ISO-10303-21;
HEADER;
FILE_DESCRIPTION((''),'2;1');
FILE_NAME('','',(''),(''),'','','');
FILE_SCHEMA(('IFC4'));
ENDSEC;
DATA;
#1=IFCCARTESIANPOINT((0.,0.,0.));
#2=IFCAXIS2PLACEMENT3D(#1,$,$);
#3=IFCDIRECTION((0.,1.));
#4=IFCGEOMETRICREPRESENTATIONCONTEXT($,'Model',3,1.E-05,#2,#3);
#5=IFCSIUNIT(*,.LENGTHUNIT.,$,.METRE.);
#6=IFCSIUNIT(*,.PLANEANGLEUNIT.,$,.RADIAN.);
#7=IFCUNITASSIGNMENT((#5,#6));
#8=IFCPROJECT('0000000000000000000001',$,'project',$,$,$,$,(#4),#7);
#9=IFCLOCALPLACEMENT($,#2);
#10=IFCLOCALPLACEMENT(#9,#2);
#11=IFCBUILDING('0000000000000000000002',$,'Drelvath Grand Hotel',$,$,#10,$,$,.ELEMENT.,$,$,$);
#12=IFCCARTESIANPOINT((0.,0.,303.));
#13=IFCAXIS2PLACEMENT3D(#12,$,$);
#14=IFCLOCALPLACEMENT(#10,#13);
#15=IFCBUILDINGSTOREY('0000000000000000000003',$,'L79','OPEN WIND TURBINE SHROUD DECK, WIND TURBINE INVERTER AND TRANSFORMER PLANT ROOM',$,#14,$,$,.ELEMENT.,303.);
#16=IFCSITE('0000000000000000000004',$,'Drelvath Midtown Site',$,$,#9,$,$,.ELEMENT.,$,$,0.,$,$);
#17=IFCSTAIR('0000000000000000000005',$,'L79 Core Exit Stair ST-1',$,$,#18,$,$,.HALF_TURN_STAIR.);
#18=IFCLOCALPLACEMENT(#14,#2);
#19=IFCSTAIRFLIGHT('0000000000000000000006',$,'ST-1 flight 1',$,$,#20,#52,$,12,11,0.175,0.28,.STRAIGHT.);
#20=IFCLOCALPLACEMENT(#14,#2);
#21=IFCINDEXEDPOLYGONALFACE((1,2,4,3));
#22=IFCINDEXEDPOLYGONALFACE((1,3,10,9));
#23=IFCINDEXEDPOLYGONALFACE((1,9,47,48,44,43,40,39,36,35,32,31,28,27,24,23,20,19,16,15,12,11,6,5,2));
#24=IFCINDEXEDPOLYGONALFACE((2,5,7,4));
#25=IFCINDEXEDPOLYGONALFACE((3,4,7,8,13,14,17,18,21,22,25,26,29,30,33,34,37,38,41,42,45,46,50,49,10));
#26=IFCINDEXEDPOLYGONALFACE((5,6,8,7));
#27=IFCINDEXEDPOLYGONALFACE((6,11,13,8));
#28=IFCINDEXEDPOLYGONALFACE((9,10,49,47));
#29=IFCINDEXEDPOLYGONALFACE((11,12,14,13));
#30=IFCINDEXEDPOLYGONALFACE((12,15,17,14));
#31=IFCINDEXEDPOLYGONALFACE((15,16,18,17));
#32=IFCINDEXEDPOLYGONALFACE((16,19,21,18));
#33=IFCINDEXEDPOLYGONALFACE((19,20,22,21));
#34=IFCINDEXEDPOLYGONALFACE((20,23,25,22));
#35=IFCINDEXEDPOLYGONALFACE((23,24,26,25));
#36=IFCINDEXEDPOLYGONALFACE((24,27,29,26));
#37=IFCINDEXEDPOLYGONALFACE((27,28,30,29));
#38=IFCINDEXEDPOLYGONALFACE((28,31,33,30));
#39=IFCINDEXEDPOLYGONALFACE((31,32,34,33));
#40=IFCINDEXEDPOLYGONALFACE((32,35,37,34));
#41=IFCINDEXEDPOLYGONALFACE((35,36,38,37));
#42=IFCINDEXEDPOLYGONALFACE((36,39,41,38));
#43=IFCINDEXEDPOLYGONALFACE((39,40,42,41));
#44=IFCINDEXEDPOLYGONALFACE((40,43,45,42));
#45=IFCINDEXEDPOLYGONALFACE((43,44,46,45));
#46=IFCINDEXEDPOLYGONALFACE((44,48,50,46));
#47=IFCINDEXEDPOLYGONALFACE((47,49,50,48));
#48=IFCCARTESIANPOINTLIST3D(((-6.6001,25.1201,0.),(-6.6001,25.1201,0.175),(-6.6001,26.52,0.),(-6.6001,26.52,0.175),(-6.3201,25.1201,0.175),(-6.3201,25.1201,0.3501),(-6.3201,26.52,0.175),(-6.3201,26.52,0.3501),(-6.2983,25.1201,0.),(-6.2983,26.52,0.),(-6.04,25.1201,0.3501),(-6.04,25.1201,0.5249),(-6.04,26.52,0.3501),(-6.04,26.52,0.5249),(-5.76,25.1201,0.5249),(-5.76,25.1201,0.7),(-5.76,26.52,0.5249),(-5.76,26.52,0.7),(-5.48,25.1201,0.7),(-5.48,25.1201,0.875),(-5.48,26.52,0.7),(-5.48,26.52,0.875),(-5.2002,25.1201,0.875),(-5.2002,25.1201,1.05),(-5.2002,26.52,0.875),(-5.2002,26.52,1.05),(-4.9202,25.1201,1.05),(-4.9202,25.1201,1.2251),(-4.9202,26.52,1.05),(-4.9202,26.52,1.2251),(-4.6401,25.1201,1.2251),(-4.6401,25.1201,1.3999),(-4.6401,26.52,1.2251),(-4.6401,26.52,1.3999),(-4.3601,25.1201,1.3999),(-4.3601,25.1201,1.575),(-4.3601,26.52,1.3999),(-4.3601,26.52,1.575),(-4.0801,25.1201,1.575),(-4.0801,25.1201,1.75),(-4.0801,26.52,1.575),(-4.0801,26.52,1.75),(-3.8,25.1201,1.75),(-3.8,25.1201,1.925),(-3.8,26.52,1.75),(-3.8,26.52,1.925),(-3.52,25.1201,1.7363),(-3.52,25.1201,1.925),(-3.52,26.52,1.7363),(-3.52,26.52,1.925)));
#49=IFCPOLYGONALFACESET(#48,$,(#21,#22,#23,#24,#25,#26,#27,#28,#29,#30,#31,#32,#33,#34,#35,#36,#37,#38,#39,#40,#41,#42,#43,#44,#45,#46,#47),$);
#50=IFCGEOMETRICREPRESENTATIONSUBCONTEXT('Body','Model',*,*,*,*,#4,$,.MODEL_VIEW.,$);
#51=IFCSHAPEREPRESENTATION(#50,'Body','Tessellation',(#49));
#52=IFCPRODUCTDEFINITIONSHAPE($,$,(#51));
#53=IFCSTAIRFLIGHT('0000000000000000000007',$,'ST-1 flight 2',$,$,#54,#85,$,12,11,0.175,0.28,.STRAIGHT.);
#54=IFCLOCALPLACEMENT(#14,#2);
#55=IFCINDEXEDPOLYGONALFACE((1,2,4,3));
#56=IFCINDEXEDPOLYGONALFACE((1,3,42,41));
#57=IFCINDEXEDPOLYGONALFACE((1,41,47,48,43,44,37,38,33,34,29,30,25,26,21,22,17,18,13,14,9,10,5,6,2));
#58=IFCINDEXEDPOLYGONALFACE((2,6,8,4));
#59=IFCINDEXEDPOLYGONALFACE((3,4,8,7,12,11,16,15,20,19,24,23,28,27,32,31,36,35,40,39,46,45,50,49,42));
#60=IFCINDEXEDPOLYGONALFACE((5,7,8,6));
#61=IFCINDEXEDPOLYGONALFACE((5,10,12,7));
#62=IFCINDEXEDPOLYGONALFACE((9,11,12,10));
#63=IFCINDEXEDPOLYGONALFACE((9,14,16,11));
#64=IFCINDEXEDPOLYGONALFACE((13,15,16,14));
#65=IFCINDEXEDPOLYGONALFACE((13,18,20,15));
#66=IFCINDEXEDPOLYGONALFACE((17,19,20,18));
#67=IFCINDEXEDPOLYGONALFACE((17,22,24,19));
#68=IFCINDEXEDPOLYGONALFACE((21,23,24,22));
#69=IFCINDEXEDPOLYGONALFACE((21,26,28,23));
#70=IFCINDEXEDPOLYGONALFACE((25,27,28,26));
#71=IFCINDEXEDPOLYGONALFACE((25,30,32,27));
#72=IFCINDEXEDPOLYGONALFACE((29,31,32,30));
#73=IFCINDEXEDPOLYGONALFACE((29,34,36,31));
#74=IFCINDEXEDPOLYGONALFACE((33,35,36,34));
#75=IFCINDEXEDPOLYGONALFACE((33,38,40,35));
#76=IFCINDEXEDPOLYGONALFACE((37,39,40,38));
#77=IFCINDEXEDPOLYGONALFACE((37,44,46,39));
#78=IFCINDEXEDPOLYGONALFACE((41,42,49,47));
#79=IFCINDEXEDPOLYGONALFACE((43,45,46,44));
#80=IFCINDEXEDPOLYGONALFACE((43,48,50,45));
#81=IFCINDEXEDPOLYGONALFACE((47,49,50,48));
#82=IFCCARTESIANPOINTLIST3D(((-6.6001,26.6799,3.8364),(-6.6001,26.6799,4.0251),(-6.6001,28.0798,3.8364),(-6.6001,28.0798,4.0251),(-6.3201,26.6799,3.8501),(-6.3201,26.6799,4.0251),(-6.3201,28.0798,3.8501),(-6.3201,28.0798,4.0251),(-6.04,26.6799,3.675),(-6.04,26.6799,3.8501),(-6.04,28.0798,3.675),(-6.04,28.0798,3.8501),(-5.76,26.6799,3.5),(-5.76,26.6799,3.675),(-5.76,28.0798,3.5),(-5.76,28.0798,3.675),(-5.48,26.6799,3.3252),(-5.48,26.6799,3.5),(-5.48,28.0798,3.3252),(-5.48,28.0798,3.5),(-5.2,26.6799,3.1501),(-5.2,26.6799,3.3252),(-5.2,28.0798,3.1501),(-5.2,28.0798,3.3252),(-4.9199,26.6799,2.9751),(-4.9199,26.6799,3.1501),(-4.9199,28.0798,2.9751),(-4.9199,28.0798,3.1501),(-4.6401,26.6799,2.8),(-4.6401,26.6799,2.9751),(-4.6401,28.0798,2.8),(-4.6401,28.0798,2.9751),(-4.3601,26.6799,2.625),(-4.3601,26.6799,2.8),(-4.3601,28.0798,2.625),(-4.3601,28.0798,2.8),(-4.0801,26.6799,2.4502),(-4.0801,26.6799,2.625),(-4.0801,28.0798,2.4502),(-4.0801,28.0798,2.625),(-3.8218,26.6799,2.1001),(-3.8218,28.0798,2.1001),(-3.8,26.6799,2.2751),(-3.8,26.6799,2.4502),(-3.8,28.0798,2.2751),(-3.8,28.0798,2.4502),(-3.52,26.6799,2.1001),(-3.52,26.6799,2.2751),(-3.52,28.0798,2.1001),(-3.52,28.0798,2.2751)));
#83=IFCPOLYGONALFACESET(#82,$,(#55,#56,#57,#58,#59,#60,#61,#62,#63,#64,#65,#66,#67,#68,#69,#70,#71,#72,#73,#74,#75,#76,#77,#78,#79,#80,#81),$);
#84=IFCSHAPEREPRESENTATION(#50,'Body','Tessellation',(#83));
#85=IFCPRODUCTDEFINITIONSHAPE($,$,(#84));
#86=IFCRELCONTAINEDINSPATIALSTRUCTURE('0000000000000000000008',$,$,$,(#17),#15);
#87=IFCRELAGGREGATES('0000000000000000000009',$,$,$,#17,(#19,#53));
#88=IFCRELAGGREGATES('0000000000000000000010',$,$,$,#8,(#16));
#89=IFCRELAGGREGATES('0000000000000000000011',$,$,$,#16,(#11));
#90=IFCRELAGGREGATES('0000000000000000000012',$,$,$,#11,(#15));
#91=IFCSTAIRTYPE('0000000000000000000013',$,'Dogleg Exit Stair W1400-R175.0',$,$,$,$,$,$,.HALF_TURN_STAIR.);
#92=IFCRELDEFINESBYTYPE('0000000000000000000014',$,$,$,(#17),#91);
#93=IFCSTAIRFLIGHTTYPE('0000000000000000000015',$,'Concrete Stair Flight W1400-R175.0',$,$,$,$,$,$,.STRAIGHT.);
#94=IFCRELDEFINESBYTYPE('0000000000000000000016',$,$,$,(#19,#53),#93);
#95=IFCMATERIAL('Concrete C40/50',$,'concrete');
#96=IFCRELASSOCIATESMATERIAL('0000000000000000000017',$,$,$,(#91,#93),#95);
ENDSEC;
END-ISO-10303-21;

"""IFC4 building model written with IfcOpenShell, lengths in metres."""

from ifc_helpers import new_model, si_unit, direction, frame, origin, place, context, subcontext, project, spatial, polyline, outline, extrude, material, type_object, element, aggregate, save


model = new_model("IFC4")

# Units and contexts
model_context = context("Model", 3, precision=1e-05, world=origin(), true_north=direction((0.0, 1.0)))
body_context = subcontext(model_context, "Body", "Model", "MODEL_VIEW")
ifc_project = project(units=[si_unit("LENGTHUNIT", "METRE"), si_unit("PLANEANGLEUNIT", "RADIAN")], contexts=[model_context])

# Site, building, storey
site_placement = place(None, origin())
site = spatial("IfcSite", under=ifc_project, at=site_placement, Name="Drelvath Midtown Site", CompositionType="ELEMENT", RefElevation=0.0)
building_placement = place(site_placement, origin())
building = spatial("IfcBuilding", under=site, at=building_placement, Name="Drelvath Grand Hotel", CompositionType="ELEMENT")
storey_placement = place(building_placement, frame((0.0, 0.0, 303.0)))
storey = spatial("IfcBuildingStorey", under=building, at=storey_placement, Name="L79", Description="OPEN WIND TURBINE SHROUD DECK, WIND TURBINE INVERTER AND TRANSFORMER PLANT ROOM", CompositionType="ELEMENT", Elevation=303.0)

# Shared definitions
ifc_material_1 = material(Name="Concrete C40/50", Category="concrete")

# Stair, stair flights
stair_type = type_object("IfcStairType", Name="Dogleg Exit Stair W1400-R175.0", PredefinedType="HALF_TURN_STAIR", material=ifc_material_1)
stair_placement = place(storey_placement, origin())
stair = element("IfcStair", 1, at=stair_placement, inside=storey, type_object=stair_type, Name="L79 Core Exit Stair ST-1", PredefinedType="HALF_TURN_STAIR")
stair_flight_type = type_object("IfcStairFlightType", Name="Concrete Stair Flight W1400-R175.0", PredefinedType="STRAIGHT", material=ifc_material_1)
stair_flight_1_placement = place(storey_placement, frame((-6.6001, 25.8201, 0.0), z_axis=(0.0, 0.0, 1.0), x_axis=(1.0, 0.0, 0.0)))
stair_flight_1 = element("IfcStairFlight", 2, at=stair_flight_1_placement, type_object=stair_flight_type, Name="ST-1 flight 1", NumberOfRisers=12, NumberOfTreads=11, PredefinedType="STRAIGHT", RiserHeight=0.175, TreadLength=0.28, context=body_context, shape_type="SweptSolid", body=[
    extrude(outline(polyline([(0.0, 0.0), (0.0, 0.175), (0.28, 0.175), (0.28, 0.3501), (0.5601, 0.3501), (0.5601, 0.5249), (0.8401, 0.5249), (0.8401, 0.7), (1.1201, 0.7), (1.1201, 0.875), (1.3999, 0.875), (1.3999, 1.05), (1.6799, 1.05), (1.6799, 1.2251), (1.96, 1.2251), (1.96, 1.3999), (2.24, 1.3999), (2.24, 1.575), (2.52, 1.575), (2.52, 1.75), (2.8, 1.75), (2.8, 1.925), (3.0801, 1.925), (3.0801, 2.1001), (3.0801, 1.7363), (0.3018, 0.0), (0.0, 0.0)])), frame((0.0, 0.7, 0.0), z_axis=(0.0, -1.0, 0.0), x_axis=(1.0, 0.0, 0.0)), (0.0, 0.0, 1.0), 1.3999),
])
stair_flight_2_placement = place(storey_placement, frame((-3.52, 27.3799, 2.1001), z_axis=(0.0, 0.0, 1.0), x_axis=(-1.0, 0.0, 0.0)))
stair_flight_2 = element("IfcStairFlight", 3, at=stair_flight_2_placement, type_object=stair_flight_type, Name="ST-1 flight 2", NumberOfRisers=12, NumberOfTreads=11, PredefinedType="STRAIGHT", RiserHeight=0.175, TreadLength=0.28, context=body_context, shape_type="SweptSolid", body=[
    extrude(outline(polyline([(0.0, 0.0), (0.0, 0.175), (0.28, 0.175), (0.28, 0.3501), (0.5601, 0.3501), (0.5601, 0.5249), (0.8401, 0.5249), (0.8401, 0.7), (1.1201, 0.7), (1.1201, 0.875), (1.3999, 0.875), (1.3999, 1.05), (1.6799, 1.05), (1.6799, 1.2251), (1.96, 1.2251), (1.96, 1.3999), (2.24, 1.3999), (2.24, 1.575), (2.52, 1.575), (2.52, 1.75), (2.8, 1.75), (2.8, 1.925), (3.0801, 1.925), (3.0801, 2.1001), (3.0801, 1.7363), (0.3018, 0.0), (0.0, 0.0)])), frame((0.0, 0.7, 0.0), z_axis=(0.0, -1.0, 0.0), x_axis=(1.0, 0.0, 0.0)), (0.0, 0.0, 1.0), 1.3999),
])
aggregate(stair, [stair_flight_1, stair_flight_2])

save(model, "model.ifc")
